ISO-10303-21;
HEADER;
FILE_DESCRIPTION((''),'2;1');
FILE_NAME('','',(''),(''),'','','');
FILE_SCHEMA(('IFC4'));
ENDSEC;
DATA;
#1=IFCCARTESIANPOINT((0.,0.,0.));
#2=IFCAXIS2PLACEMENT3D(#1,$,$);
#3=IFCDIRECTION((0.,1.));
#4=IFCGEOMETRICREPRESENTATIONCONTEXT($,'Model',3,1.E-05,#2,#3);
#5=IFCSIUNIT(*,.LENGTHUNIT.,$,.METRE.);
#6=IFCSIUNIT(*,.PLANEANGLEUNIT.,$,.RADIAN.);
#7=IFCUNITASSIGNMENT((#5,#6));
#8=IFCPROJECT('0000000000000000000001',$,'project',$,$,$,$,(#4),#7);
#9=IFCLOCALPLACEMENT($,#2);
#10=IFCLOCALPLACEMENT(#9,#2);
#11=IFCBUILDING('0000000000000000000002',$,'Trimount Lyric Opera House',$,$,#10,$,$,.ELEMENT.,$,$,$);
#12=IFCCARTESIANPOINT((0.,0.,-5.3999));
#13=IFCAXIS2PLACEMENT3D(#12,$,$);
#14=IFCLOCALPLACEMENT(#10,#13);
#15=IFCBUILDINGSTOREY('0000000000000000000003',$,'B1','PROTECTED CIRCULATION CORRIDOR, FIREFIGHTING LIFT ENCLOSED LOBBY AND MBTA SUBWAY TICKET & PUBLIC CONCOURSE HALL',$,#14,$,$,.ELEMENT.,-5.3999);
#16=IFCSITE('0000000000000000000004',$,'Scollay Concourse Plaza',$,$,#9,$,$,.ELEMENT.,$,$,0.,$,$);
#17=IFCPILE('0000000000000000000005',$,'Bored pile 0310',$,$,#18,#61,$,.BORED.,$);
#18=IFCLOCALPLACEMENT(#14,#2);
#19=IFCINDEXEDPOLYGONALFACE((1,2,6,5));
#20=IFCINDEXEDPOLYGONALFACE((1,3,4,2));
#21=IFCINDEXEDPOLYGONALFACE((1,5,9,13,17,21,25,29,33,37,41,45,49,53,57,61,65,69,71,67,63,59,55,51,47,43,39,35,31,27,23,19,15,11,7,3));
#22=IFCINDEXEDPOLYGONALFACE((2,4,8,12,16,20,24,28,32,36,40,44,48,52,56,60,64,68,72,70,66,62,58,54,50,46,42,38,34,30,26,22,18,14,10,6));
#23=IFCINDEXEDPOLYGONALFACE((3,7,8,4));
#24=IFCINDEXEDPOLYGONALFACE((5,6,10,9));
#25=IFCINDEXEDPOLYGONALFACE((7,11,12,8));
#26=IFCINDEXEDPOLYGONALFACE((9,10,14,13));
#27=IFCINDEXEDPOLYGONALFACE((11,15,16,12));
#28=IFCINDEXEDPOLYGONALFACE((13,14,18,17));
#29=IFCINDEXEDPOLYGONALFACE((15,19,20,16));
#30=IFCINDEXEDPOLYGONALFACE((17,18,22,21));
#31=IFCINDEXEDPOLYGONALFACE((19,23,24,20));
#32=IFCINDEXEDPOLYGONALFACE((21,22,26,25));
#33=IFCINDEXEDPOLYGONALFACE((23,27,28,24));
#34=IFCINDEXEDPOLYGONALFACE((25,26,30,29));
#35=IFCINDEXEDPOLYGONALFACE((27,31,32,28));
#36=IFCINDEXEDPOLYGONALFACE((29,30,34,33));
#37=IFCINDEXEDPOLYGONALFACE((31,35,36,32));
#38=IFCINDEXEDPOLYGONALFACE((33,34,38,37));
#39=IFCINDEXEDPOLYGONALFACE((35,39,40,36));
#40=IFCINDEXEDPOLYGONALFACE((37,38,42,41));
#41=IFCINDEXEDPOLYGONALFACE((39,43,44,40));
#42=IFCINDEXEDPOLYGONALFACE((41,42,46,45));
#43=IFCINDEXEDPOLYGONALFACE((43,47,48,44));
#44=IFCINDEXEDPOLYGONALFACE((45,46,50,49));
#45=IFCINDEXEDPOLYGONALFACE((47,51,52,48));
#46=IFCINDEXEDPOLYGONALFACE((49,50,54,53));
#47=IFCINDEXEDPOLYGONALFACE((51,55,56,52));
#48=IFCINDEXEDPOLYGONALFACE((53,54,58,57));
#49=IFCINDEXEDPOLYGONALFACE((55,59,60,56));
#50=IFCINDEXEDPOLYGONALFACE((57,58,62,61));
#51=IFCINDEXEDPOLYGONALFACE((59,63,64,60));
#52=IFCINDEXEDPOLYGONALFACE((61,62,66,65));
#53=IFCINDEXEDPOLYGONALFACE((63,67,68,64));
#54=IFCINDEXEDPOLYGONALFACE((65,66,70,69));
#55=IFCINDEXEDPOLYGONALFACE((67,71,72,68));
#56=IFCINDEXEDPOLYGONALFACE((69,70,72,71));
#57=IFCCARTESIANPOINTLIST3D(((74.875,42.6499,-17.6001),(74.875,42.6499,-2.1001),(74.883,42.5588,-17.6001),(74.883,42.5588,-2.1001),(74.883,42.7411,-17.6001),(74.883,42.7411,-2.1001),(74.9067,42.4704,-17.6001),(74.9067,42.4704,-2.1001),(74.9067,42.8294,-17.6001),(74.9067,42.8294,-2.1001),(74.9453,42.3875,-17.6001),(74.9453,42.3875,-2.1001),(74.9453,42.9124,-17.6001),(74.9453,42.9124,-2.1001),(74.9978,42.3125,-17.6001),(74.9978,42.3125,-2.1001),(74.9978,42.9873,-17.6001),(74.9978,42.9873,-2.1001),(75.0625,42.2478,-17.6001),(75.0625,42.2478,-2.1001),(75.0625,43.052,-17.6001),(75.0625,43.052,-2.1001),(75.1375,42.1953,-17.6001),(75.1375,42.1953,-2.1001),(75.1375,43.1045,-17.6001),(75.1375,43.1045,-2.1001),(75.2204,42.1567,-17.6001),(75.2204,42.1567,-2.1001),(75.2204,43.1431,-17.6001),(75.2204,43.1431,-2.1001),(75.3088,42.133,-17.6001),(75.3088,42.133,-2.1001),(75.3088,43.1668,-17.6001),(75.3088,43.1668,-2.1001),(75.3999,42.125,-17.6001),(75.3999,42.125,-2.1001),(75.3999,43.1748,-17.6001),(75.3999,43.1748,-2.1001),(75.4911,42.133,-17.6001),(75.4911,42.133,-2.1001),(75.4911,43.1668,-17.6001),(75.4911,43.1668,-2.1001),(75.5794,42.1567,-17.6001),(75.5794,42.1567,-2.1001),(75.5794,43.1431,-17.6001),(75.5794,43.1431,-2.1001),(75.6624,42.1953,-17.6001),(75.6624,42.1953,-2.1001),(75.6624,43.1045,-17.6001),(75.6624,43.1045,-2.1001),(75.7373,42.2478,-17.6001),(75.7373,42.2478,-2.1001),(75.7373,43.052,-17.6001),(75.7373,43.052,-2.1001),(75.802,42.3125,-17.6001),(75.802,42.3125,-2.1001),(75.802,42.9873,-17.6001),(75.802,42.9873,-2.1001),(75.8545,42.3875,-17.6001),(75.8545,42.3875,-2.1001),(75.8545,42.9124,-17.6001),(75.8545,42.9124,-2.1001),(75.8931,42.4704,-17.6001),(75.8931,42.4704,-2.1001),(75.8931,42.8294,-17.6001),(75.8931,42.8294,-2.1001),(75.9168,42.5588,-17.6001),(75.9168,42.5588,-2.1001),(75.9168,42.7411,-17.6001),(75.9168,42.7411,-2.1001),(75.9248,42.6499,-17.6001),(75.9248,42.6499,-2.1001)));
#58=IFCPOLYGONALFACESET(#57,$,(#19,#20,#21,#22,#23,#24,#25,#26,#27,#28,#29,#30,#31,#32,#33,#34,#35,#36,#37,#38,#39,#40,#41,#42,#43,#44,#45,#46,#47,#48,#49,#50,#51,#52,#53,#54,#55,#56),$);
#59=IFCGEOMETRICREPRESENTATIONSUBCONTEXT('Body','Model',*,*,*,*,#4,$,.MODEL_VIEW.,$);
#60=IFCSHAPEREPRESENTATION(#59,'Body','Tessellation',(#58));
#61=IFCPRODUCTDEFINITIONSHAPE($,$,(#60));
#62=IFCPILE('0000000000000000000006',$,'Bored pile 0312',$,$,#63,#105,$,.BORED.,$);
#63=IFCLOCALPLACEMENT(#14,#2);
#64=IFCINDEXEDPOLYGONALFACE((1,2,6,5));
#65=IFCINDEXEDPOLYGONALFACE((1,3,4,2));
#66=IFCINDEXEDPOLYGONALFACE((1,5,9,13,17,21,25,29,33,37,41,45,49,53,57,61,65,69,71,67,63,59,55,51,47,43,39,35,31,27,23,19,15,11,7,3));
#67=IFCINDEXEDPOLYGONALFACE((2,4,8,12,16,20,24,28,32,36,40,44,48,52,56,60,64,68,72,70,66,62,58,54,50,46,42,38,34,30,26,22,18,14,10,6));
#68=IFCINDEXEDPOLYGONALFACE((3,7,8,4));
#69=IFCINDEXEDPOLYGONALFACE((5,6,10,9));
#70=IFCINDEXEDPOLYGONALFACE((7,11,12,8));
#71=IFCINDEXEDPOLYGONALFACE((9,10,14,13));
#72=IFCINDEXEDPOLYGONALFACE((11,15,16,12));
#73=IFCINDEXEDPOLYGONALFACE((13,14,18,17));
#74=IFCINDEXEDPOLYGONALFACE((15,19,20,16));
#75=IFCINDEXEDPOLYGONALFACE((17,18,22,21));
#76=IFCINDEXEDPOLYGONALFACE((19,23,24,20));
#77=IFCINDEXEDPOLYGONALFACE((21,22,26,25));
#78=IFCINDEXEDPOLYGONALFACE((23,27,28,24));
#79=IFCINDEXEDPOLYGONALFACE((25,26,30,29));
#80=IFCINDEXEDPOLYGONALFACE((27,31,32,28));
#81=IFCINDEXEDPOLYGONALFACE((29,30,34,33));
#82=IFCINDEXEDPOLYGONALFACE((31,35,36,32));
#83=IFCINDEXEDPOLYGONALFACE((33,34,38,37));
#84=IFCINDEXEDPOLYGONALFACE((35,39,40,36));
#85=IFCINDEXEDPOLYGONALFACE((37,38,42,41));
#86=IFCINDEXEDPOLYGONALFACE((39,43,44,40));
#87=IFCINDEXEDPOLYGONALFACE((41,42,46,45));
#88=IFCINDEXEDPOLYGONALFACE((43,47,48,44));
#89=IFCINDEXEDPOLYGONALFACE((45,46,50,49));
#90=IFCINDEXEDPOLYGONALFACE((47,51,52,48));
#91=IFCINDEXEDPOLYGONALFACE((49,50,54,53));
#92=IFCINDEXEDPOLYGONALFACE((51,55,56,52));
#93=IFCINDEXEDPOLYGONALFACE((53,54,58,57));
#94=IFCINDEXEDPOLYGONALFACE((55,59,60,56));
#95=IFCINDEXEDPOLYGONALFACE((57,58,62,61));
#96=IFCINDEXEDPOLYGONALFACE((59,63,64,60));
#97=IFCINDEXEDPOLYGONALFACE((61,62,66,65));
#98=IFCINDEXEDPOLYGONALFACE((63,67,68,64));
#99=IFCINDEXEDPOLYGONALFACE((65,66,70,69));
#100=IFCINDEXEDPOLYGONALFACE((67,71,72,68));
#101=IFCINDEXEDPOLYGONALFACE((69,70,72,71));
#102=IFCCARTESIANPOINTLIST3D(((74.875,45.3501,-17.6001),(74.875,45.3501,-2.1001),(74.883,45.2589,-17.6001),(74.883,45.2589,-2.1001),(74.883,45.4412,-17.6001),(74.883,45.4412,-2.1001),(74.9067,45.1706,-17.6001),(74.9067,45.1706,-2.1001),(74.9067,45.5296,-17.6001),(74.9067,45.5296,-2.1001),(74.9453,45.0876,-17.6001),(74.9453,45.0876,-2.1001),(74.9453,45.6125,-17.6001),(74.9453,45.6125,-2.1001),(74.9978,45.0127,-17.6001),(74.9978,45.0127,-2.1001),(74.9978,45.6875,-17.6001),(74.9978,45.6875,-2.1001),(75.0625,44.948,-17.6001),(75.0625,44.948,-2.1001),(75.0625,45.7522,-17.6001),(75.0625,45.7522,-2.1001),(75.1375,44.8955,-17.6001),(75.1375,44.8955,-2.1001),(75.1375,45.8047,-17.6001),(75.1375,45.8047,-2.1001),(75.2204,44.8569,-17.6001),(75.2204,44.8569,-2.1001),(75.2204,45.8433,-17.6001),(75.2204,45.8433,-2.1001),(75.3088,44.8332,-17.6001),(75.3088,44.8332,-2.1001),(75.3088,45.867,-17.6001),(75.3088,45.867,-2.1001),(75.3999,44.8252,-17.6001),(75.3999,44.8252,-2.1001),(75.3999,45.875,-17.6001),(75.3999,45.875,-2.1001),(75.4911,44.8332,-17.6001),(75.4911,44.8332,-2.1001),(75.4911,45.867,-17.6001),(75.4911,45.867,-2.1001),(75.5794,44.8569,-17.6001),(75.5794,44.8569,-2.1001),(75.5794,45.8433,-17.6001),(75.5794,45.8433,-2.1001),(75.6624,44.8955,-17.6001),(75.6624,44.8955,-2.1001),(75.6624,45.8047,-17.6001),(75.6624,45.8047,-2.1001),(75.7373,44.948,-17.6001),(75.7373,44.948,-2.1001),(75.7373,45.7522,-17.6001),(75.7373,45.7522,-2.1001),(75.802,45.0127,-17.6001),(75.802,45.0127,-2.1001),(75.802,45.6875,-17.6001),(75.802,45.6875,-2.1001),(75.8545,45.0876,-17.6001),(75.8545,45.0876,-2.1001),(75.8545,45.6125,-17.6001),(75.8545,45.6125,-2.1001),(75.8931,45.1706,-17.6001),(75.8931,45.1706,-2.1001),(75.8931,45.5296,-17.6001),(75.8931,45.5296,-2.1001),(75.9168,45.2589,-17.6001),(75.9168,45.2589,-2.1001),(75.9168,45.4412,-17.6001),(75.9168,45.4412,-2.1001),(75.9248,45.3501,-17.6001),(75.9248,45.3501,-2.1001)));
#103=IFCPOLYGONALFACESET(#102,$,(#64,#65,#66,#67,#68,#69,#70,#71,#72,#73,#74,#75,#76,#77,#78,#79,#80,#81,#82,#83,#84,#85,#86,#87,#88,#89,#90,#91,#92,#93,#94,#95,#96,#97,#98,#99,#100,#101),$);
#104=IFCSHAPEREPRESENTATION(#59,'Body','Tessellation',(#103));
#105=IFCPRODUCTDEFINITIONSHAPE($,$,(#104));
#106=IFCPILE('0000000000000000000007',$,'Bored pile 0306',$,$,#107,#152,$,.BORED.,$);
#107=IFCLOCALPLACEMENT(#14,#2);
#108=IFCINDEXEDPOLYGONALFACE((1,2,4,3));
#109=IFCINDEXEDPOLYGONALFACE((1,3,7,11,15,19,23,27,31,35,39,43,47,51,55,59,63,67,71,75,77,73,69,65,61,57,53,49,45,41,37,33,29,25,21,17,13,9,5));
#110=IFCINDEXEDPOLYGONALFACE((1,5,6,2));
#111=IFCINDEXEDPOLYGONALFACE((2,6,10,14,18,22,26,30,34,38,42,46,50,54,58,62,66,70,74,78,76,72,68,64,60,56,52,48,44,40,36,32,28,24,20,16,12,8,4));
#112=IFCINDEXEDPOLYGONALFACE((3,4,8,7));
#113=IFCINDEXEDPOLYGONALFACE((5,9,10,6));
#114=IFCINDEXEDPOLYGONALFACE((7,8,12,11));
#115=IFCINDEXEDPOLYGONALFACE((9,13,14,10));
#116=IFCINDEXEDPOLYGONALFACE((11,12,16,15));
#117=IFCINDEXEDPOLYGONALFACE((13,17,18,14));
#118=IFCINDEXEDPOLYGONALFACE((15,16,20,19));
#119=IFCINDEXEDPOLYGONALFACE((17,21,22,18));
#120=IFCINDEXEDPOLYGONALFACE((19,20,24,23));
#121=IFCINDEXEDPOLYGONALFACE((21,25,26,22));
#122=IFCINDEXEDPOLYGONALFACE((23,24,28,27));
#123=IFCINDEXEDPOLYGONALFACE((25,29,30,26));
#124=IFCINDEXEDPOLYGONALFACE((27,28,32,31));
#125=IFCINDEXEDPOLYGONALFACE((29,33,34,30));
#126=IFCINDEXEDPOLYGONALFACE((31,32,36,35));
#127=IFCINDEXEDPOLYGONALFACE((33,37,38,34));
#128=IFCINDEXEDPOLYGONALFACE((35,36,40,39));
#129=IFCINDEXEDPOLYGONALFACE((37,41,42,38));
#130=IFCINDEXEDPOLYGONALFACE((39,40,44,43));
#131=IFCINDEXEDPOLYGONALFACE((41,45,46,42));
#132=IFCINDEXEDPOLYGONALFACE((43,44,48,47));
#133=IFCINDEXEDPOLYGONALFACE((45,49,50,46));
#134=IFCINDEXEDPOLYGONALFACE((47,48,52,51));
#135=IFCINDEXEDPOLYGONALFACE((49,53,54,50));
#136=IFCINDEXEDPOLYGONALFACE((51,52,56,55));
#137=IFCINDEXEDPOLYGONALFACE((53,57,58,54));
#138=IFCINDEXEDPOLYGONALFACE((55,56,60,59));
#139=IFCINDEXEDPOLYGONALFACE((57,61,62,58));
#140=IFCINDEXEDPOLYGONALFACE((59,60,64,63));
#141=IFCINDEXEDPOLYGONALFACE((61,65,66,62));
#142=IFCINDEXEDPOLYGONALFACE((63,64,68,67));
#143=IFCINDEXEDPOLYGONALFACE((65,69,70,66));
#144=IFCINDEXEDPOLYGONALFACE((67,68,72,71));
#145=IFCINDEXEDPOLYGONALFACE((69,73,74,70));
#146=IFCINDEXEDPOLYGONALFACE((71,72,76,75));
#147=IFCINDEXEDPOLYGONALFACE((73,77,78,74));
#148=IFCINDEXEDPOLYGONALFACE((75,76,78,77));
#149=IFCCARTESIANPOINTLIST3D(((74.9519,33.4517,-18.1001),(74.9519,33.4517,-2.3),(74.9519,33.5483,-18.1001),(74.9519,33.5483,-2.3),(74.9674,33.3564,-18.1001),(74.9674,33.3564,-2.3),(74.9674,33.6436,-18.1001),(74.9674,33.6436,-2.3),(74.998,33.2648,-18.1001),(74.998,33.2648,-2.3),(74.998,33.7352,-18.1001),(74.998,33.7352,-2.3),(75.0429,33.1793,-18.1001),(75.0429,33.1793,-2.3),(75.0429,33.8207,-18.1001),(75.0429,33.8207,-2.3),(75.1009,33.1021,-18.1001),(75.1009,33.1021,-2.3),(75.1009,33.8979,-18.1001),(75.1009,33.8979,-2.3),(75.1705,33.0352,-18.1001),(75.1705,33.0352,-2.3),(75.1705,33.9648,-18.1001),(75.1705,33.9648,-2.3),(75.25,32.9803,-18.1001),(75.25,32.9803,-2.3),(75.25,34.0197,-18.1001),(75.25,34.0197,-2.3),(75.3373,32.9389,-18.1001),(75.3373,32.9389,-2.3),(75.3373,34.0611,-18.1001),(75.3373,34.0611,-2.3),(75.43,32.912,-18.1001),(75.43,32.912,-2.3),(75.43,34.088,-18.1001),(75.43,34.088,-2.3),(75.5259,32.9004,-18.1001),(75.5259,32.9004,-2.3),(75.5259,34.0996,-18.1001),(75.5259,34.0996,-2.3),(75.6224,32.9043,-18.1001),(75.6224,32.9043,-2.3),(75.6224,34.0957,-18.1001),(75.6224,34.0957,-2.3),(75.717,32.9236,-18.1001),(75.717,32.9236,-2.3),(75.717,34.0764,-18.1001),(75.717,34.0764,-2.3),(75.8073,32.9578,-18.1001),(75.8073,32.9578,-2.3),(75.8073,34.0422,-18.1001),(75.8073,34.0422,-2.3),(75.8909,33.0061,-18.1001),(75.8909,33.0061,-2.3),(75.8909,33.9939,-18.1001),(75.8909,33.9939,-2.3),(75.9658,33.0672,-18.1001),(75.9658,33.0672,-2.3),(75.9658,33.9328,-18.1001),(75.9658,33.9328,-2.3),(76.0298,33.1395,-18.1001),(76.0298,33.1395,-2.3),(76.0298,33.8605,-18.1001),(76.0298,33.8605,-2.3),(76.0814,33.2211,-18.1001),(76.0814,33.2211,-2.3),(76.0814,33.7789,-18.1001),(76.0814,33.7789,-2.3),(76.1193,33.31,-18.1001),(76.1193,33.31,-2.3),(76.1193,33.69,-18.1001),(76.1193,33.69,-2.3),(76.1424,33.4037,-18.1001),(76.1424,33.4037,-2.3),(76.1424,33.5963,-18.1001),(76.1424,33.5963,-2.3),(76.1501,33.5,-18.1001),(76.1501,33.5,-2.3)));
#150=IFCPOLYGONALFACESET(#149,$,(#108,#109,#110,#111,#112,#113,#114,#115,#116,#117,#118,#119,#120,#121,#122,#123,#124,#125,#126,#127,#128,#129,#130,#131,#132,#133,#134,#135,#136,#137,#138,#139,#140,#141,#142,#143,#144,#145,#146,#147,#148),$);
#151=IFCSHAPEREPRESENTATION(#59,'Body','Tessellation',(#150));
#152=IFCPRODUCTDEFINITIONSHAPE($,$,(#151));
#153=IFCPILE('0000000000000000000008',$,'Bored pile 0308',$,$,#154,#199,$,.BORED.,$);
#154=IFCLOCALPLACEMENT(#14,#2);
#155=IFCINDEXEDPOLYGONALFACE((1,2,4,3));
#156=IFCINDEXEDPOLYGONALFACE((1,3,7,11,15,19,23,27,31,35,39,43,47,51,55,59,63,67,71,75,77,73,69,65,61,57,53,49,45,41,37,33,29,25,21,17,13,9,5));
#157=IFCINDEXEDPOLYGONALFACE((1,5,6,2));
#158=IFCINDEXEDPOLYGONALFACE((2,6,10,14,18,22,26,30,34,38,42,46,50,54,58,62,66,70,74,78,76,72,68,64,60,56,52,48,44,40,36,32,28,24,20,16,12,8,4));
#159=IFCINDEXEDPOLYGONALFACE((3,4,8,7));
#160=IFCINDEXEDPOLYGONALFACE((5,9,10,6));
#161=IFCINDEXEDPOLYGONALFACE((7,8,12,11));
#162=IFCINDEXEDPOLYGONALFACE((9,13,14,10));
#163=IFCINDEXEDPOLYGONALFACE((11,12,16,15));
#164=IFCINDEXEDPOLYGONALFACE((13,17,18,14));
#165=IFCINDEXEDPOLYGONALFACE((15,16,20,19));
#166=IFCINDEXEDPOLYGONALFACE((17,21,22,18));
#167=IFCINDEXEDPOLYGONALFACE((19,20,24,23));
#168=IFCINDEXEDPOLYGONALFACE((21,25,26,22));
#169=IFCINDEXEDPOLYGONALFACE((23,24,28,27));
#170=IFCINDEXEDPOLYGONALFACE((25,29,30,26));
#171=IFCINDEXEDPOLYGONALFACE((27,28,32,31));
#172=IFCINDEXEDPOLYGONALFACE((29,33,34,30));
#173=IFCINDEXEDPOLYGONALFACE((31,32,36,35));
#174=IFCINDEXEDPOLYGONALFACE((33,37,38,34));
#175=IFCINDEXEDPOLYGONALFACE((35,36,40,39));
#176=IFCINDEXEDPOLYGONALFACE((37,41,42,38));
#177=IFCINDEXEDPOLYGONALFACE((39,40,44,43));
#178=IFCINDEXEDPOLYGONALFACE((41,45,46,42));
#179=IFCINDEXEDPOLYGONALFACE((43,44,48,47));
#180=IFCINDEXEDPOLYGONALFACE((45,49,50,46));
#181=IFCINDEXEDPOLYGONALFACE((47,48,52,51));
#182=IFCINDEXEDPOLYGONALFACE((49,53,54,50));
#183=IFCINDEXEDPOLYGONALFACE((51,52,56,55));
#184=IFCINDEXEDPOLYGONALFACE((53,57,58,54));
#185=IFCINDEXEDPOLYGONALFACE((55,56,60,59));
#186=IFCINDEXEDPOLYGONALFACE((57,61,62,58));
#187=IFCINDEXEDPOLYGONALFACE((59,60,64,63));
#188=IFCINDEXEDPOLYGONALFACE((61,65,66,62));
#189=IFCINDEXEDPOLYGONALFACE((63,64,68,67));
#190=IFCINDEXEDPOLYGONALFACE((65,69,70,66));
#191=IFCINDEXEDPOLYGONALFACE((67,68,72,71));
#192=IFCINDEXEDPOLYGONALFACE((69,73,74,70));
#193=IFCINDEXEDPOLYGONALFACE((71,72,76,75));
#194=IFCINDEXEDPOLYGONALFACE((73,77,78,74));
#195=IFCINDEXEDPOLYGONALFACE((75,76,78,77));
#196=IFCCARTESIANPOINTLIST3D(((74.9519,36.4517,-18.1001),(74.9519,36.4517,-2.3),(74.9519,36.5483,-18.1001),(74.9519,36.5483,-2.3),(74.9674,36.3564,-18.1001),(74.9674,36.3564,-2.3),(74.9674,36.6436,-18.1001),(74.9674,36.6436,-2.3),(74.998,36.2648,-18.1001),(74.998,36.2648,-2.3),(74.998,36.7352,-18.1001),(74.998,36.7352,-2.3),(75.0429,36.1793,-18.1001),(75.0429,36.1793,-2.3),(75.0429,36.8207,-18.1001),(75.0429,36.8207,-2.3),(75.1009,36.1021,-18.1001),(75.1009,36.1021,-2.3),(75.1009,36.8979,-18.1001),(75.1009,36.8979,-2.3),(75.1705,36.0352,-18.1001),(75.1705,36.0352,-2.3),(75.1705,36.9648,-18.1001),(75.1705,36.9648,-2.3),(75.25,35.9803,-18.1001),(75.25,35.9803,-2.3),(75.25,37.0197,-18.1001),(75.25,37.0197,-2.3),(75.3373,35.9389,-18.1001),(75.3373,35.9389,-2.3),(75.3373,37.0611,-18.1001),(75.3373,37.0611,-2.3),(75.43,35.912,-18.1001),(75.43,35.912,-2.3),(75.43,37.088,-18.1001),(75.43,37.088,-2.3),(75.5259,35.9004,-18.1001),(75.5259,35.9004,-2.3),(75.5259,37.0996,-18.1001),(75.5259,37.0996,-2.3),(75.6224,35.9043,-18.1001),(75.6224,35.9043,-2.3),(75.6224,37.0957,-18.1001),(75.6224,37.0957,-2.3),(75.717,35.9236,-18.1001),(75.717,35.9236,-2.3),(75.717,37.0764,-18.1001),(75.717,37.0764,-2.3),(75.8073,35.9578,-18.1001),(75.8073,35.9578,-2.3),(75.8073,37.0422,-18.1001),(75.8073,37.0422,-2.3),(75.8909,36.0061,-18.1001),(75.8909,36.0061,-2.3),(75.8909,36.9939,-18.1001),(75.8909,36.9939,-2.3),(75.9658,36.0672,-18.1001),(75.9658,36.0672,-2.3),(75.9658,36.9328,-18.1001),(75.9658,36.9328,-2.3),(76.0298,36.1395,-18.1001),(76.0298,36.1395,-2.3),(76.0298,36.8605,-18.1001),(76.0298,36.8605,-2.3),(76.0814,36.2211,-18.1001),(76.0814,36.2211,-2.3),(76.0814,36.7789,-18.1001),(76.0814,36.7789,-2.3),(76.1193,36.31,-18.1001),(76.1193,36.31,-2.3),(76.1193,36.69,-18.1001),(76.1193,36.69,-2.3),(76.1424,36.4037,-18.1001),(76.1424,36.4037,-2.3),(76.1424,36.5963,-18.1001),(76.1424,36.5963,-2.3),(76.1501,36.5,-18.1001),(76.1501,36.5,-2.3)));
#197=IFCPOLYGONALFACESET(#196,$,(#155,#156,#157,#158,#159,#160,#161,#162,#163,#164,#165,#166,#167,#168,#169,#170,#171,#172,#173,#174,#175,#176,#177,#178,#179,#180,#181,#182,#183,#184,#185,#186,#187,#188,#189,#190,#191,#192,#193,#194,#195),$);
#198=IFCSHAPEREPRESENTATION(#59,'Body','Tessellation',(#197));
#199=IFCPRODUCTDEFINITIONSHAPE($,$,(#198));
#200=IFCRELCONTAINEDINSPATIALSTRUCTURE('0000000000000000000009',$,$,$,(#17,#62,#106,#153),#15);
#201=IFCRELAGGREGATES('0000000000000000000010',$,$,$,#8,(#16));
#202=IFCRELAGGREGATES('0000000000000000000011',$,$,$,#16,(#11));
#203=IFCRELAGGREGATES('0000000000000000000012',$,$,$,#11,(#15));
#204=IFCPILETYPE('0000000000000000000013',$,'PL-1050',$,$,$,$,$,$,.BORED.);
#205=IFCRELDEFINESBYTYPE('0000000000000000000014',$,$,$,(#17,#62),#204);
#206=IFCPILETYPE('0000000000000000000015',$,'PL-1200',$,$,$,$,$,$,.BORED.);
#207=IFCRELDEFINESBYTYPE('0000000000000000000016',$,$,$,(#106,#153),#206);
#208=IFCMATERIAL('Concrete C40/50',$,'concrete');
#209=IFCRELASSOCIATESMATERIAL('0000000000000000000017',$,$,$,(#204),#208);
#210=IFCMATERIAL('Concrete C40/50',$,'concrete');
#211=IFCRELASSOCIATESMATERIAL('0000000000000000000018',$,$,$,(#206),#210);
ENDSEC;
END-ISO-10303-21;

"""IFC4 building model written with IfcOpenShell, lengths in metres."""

from ifc_helpers import new_model, si_unit, direction, frame, origin, origin_2d, place, context, subcontext, project, spatial, circle, extrude, material, material_profile, profile_set, type_object, element, save


model = new_model("IFC4")

# Units and contexts
model_context = context("Model", 3, precision=1e-05, world=origin(), true_north=direction((0.0, 1.0)))
body_context = subcontext(model_context, "Body", "Model", "MODEL_VIEW")
ifc_project = project(units=[si_unit("LENGTHUNIT", "METRE"), si_unit("PLANEANGLEUNIT", "RADIAN")], contexts=[model_context])

# Site, building, storey
site_placement = place(None, origin())
site = spatial("IfcSite", under=ifc_project, at=site_placement, Name="Scollay Concourse Plaza", CompositionType="ELEMENT", RefElevation=0.0)
building_placement = place(site_placement, origin())
building = spatial("IfcBuilding", under=site, at=building_placement, Name="Trimount Lyric Opera House", CompositionType="ELEMENT")
storey_placement = place(building_placement, frame((0.0, 0.0, -5.3999)))
storey = spatial("IfcBuildingStorey", under=building, at=storey_placement, Name="B1", Description="PROTECTED CIRCULATION CORRIDOR, FIREFIGHTING LIFT ENCLOSED LOBBY AND MBTA SUBWAY TICKET & PUBLIC CONCOURSE HALL", CompositionType="ELEMENT", Elevation=-5.3999)

# Piles
ifc_material_1 = material(Name="Concrete C40/50", Category="concrete")
ifc_material_profile_1 = material_profile(ifc_material_1, circle(Radius=0.5249, at=origin_2d()), Name="PILE-D1050")
ifc_profile_set_1 = profile_set([ifc_material_profile_1], Name="Concrete C40/50")
pile_type_1 = type_object("IfcPileType", Name="PL-1050", PredefinedType="BORED", material=ifc_profile_set_1)
for number, where, z_axis, x_axis, name in (
    (1, (75.3999, 42.6499, -2.1001), (0.0, 0.0, -1.0), (1.0, 0.0, 0.0), "Bored pile 0310"),
    (2, (75.3999, 45.3501, -2.1001), (0.0, 0.0, -1.0), (1.0, 0.0, 0.0), "Bored pile 0312"),
):
    element("IfcPile", number, at=place(storey_placement, frame(where, z_axis=z_axis, x_axis=x_axis)), inside=storey, type_object=pile_type_1, Name=name, PredefinedType="BORED", context=body_context, shape_type="SweptSolid", body=[
        extrude(circle(Radius=0.5249, at=origin_2d()), origin(), (0.0, 0.0, 1.0), 15.5),
    ])
ifc_material_2 = material(Name="Concrete C40/50", Category="concrete")
ifc_material_profile_2 = material_profile(ifc_material_2, circle(Radius=0.6001, at=origin_2d()), Name="PILE-D1200")
ifc_profile_set_2 = profile_set([ifc_material_profile_2], Name="Concrete C40/50")
pile_type_2 = type_object("IfcPileType", Name="PL-1200", PredefinedType="BORED", material=ifc_profile_set_2)
for number, where, z_axis, x_axis, name in (
    (3, (75.55, 33.5, -2.3), (0.0, 0.0, -1.0), (1.0, 0.0, 0.0), "Bored pile 0306"),
    (4, (75.55, 36.5, -2.3), (0.0, 0.0, -1.0), (1.0, 0.0, 0.0), "Bored pile 0308"),
):
    element("IfcPile", number, at=place(storey_placement, frame(where, z_axis=z_axis, x_axis=x_axis)), inside=storey, type_object=pile_type_2, Name=name, PredefinedType="BORED", context=body_context, shape_type="SweptSolid", body=[
        extrude(circle(Radius=0.6001, at=origin_2d()), origin(), (0.0, 0.0, 1.0), 15.8),
    ])

save(model, "model.ifc")
